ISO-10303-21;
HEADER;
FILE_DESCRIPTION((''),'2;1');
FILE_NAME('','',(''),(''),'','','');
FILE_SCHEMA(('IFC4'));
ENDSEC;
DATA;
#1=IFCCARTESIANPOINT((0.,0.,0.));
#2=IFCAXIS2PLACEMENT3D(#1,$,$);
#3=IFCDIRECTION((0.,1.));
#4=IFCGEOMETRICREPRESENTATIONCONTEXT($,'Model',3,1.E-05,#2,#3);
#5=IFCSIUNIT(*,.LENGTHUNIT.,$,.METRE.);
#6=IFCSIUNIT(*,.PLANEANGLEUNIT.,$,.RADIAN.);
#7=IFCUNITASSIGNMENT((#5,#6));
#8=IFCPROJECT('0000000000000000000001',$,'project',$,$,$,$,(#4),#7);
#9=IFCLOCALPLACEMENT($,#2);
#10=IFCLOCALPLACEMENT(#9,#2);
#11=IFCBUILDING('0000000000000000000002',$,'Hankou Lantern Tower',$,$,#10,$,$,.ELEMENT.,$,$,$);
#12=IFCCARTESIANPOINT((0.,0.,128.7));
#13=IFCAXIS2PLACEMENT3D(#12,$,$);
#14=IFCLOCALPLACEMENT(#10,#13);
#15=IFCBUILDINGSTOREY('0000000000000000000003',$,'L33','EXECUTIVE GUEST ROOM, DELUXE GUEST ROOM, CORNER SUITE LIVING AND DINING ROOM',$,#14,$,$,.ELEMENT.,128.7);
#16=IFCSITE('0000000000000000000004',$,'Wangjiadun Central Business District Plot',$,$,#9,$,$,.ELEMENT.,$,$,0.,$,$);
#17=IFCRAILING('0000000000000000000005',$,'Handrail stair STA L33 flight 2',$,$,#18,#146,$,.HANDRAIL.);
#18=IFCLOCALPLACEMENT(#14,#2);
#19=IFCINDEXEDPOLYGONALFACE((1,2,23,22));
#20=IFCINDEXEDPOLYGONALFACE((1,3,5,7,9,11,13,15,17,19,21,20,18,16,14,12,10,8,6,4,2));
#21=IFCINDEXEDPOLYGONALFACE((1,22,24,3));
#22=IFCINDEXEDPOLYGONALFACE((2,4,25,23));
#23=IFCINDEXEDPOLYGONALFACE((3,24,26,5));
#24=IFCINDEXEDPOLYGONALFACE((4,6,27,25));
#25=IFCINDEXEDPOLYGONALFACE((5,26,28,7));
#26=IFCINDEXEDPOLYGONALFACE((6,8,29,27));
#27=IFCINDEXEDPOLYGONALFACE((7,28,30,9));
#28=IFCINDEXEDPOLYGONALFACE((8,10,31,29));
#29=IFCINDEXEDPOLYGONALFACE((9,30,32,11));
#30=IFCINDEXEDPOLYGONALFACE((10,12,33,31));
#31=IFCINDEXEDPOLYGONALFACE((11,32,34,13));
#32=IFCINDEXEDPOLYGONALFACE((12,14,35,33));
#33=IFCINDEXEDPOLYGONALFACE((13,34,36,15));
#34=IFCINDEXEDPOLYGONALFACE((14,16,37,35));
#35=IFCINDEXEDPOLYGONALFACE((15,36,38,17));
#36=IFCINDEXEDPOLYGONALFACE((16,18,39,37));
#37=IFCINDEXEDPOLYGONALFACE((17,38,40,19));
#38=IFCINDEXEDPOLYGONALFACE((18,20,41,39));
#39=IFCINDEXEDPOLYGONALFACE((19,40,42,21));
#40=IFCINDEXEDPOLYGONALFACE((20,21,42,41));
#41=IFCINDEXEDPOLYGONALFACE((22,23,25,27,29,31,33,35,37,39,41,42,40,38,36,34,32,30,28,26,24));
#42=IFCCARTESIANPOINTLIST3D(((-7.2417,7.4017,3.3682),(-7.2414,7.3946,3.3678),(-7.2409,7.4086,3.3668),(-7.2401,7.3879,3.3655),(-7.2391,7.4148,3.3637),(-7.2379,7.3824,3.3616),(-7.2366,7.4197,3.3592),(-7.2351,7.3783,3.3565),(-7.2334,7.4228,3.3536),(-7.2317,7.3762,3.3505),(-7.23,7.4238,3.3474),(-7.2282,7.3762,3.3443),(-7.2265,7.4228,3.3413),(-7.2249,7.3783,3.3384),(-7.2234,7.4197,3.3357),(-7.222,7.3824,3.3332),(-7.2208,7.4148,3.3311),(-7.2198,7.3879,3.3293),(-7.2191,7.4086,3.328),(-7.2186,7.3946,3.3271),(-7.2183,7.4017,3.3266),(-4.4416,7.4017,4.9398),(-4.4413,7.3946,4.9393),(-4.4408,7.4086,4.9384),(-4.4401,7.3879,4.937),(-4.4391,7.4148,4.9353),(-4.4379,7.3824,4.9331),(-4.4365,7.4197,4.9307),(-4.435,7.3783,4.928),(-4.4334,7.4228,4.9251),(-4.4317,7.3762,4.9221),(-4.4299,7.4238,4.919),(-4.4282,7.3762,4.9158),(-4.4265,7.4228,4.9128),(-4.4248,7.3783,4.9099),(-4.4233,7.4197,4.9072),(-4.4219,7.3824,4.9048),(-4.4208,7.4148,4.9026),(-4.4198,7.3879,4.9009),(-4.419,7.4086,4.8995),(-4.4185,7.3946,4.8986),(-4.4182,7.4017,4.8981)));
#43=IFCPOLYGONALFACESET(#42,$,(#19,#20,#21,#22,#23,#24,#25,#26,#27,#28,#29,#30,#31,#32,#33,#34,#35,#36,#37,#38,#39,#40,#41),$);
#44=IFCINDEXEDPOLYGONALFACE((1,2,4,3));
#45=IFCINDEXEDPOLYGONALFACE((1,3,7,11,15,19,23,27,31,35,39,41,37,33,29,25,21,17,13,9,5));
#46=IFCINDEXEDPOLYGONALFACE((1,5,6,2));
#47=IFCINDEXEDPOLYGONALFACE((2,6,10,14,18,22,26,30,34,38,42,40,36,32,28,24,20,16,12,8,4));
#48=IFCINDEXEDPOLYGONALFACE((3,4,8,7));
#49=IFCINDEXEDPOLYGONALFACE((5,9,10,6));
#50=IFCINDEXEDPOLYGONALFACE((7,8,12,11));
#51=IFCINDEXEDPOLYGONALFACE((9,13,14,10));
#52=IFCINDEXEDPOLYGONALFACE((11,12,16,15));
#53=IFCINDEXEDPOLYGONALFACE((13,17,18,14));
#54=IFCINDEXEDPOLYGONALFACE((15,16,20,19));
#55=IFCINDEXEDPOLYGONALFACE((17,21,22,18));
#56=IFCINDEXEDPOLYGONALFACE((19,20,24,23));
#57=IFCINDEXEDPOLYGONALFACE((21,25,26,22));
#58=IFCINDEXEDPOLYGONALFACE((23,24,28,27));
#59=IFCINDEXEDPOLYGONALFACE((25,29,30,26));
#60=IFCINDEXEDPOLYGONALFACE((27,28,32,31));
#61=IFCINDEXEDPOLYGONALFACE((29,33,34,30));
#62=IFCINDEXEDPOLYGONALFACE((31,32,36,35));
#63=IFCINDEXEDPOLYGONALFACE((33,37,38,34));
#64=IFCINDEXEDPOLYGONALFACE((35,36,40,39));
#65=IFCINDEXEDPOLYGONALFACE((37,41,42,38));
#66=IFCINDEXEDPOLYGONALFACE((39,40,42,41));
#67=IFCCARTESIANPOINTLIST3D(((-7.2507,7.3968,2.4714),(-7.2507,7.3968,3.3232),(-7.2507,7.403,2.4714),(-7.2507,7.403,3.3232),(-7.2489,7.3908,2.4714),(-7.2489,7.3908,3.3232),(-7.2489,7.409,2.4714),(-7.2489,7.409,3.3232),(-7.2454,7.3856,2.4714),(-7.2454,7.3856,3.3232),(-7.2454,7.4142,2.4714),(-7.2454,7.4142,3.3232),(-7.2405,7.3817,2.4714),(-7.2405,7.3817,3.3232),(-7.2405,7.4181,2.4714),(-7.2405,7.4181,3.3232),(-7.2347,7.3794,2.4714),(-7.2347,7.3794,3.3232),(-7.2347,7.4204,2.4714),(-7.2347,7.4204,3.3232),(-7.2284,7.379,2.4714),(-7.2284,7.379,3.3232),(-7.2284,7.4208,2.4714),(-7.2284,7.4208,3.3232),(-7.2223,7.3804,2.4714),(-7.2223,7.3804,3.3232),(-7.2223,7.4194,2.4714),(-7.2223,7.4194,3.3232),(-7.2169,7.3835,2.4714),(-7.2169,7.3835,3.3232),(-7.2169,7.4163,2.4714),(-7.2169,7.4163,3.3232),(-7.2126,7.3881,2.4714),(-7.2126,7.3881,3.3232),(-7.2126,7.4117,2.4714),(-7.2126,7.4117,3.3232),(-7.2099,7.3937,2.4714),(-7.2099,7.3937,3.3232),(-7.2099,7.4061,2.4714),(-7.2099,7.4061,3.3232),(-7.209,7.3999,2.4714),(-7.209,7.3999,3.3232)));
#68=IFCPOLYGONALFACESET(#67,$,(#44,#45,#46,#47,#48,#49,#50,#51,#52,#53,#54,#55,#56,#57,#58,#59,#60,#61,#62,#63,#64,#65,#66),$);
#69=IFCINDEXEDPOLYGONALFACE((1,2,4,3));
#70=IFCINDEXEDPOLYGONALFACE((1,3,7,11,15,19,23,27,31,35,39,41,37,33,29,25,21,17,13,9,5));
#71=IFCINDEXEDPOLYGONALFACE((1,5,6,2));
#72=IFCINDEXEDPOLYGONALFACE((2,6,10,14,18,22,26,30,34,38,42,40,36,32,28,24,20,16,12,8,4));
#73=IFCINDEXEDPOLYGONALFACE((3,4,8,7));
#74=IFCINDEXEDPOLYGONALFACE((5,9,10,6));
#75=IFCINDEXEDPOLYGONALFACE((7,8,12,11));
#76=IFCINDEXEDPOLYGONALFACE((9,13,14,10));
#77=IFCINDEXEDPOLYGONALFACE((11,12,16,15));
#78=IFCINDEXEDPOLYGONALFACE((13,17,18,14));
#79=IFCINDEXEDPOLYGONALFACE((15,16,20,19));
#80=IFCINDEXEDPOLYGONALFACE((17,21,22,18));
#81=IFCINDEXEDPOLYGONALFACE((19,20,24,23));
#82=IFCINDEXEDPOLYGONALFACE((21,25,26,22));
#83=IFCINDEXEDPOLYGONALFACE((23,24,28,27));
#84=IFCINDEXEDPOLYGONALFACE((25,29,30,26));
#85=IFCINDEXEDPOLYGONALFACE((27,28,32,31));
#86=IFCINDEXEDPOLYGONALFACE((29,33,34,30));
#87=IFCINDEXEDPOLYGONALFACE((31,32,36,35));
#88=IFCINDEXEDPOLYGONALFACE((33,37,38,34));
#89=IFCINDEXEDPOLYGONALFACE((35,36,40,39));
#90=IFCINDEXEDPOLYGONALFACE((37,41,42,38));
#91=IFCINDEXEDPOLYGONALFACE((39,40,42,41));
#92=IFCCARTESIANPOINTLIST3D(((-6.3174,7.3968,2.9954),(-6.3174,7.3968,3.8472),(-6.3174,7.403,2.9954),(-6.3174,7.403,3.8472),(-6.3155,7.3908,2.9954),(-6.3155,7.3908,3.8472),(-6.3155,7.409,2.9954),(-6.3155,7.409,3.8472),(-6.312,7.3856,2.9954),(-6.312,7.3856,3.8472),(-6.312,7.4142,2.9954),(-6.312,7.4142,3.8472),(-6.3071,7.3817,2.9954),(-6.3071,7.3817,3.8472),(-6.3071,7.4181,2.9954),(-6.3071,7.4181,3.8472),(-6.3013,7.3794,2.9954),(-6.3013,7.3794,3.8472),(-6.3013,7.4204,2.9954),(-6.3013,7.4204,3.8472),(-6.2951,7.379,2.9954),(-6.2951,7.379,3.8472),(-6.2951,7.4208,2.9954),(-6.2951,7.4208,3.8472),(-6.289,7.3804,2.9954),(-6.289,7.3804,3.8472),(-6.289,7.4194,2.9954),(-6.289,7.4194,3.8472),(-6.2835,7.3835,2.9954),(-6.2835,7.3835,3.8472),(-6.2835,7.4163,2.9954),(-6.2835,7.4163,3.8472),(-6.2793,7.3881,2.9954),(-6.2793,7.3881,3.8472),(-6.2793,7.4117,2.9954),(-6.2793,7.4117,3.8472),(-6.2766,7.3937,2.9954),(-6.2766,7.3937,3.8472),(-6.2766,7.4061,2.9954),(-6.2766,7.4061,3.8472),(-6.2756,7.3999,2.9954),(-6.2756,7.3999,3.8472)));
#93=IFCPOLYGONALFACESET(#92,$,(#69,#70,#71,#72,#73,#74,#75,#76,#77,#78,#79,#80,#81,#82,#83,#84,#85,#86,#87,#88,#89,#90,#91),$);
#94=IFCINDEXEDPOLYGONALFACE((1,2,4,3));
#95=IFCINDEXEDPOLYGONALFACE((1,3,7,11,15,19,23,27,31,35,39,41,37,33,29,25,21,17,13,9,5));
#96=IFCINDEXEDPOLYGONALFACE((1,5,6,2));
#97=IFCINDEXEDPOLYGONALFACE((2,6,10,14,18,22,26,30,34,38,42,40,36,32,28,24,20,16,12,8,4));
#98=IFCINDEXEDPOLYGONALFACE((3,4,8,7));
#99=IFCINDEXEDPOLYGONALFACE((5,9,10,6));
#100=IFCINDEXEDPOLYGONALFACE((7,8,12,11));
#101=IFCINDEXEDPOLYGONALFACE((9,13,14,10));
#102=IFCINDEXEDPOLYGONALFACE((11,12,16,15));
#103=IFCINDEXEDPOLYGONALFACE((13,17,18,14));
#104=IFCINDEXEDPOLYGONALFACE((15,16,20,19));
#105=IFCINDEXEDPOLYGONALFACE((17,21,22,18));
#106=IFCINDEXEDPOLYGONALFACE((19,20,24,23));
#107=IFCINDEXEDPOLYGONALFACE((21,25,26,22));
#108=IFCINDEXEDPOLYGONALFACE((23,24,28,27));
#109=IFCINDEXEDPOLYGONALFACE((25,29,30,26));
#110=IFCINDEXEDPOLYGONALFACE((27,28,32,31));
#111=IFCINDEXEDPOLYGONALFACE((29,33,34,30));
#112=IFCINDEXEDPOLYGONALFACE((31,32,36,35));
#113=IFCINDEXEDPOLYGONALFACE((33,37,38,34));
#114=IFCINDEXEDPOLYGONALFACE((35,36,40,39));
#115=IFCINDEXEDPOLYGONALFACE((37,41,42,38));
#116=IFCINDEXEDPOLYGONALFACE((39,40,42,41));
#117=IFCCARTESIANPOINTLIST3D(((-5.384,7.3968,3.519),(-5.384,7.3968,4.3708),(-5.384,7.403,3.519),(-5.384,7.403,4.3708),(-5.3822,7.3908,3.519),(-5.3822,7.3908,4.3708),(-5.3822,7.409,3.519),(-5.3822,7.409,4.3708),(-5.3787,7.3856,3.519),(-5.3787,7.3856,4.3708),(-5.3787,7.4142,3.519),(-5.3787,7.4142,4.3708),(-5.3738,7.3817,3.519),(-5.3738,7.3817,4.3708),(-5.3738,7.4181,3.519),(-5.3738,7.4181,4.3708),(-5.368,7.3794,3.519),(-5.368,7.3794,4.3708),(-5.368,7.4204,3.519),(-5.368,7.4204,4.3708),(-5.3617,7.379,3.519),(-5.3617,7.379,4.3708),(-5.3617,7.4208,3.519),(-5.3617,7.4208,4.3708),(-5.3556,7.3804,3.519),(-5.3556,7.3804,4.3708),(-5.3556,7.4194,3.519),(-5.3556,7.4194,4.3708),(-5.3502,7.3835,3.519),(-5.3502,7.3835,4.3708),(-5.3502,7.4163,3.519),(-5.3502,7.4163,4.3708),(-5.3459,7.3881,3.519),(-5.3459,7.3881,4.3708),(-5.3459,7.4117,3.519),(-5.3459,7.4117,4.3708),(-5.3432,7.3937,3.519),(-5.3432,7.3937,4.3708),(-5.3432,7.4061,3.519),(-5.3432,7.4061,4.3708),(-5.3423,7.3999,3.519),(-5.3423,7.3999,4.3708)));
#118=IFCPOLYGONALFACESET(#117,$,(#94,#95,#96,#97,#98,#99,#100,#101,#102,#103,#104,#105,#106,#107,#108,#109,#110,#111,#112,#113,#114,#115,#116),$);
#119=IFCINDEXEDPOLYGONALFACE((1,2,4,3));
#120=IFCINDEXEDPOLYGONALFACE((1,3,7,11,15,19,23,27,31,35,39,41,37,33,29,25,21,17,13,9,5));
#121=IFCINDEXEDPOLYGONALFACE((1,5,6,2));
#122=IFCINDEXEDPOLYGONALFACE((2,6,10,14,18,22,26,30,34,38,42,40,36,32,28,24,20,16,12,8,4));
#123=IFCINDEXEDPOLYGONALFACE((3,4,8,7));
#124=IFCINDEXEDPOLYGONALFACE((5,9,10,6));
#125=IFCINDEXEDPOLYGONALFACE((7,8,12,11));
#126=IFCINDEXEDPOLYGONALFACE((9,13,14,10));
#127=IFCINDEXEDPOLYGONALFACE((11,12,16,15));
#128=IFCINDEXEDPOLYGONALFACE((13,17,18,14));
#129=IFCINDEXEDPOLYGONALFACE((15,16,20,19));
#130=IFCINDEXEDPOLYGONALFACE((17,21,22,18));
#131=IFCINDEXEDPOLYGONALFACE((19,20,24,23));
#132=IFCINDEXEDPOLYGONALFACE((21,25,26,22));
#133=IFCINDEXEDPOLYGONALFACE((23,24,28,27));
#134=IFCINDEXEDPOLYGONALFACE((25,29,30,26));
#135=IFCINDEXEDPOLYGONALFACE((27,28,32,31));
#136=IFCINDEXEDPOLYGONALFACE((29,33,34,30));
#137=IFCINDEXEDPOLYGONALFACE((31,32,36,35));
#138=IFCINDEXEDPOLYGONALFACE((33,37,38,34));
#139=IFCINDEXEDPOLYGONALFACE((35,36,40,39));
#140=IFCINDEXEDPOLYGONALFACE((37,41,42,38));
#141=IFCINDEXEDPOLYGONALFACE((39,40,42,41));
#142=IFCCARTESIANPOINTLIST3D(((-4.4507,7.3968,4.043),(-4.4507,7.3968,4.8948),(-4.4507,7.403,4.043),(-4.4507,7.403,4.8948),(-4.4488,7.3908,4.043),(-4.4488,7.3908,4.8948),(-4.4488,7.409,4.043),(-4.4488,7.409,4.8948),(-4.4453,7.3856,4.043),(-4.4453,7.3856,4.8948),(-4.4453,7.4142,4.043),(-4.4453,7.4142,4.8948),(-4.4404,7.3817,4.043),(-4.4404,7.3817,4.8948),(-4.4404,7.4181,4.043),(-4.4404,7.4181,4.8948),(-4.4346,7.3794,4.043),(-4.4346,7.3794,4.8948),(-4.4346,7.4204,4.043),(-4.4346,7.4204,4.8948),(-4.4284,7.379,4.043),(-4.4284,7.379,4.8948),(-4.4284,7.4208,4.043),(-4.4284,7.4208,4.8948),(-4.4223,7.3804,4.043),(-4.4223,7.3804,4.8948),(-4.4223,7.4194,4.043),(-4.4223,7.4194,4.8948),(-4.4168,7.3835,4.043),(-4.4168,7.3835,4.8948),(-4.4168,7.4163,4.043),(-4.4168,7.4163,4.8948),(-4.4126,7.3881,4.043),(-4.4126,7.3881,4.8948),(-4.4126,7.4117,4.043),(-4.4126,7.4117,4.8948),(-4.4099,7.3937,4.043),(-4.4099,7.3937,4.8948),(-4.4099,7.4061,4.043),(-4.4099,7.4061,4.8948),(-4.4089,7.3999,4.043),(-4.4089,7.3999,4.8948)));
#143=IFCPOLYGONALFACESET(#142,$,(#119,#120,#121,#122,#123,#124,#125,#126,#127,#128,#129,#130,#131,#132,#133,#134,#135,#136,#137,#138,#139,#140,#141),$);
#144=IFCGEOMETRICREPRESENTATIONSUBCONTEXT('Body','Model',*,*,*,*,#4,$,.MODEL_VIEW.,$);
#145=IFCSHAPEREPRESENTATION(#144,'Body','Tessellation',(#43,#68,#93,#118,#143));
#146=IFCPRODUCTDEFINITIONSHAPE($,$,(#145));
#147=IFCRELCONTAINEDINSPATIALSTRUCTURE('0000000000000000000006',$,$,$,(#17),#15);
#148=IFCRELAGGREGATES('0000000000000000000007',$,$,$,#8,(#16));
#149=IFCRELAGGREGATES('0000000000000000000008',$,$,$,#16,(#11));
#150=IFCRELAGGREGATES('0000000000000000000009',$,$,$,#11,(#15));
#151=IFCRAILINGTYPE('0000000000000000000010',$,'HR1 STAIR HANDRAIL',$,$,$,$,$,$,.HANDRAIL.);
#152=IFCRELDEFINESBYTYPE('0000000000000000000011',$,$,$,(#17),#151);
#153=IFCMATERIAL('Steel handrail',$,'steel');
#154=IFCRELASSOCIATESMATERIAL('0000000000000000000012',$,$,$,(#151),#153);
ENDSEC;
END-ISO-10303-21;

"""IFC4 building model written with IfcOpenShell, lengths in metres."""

from ifc_helpers import new_model, si_unit, direction, frame, origin, origin_2d, place, context, subcontext, project, spatial, circle, extrude, material, type_object, element, save


model = new_model("IFC4")

# Units and contexts
model_context = context("Model", 3, precision=1e-05, world=origin(), true_north=direction((0.0, 1.0)))
body_context = subcontext(model_context, "Body", "Model", "MODEL_VIEW")
ifc_project = project(units=[si_unit("LENGTHUNIT", "METRE"), si_unit("PLANEANGLEUNIT", "RADIAN")], contexts=[model_context])

# Site, building, storey
site_placement = place(None, origin())
site = spatial("IfcSite", under=ifc_project, at=site_placement, Name="Wangjiadun Central Business District Plot", CompositionType="ELEMENT", RefElevation=0.0)
building_placement = place(site_placement, origin())
building = spatial("IfcBuilding", under=site, at=building_placement, Name="Hankou Lantern Tower", CompositionType="ELEMENT")
storey_placement = place(building_placement, frame((0.0, 0.0, 128.7)))
storey = spatial("IfcBuildingStorey", under=building, at=storey_placement, Name="L33", Description="EXECUTIVE GUEST ROOM, DELUXE GUEST ROOM, CORNER SUITE LIVING AND DINING ROOM", CompositionType="ELEMENT", Elevation=128.7)

# Railing
ifc_material_1 = material(Name="Steel handrail", Category="steel")
railing_type = type_object("IfcRailingType", Name="HR1 STAIR HANDRAIL", PredefinedType="HANDRAIL", material=ifc_material_1)
railing_1_placement = place(storey_placement, frame((-7.23, 7.3999, 2.4714)))
element("IfcRailing", 1, at=railing_1_placement, inside=storey, type_object=railing_type, Name="Handrail stair STA L33 flight 2", PredefinedType="HANDRAIL", context=body_context, shape_type="SweptSolid", body=[
    extrude(circle(Radius=0.0239, at=origin_2d()), frame((0.0, 0.0, 0.876), z_axis=(0.87204, 0.0, 0.489434), x_axis=(0.0, 1.0, 0.0)), (0.0, 0.0, 1.0), 3.2109),
    extrude(circle(Radius=0.021, at=origin_2d()), origin(), (0.0, 0.0, 1.0), 0.8518),
    extrude(circle(Radius=0.021, at=origin_2d()), frame((0.9333, 0.0, 0.5239)), (0.0, 0.0, 1.0), 0.8518),
    extrude(circle(Radius=0.021, at=origin_2d()), frame((1.8667, 0.0, 1.0476)), (0.0, 0.0, 1.0), 0.8518),
    extrude(circle(Radius=0.021, at=origin_2d()), frame((2.8, 0.0, 1.5715)), (0.0, 0.0, 1.0), 0.8518),
])

save(model, "model.ifc")
